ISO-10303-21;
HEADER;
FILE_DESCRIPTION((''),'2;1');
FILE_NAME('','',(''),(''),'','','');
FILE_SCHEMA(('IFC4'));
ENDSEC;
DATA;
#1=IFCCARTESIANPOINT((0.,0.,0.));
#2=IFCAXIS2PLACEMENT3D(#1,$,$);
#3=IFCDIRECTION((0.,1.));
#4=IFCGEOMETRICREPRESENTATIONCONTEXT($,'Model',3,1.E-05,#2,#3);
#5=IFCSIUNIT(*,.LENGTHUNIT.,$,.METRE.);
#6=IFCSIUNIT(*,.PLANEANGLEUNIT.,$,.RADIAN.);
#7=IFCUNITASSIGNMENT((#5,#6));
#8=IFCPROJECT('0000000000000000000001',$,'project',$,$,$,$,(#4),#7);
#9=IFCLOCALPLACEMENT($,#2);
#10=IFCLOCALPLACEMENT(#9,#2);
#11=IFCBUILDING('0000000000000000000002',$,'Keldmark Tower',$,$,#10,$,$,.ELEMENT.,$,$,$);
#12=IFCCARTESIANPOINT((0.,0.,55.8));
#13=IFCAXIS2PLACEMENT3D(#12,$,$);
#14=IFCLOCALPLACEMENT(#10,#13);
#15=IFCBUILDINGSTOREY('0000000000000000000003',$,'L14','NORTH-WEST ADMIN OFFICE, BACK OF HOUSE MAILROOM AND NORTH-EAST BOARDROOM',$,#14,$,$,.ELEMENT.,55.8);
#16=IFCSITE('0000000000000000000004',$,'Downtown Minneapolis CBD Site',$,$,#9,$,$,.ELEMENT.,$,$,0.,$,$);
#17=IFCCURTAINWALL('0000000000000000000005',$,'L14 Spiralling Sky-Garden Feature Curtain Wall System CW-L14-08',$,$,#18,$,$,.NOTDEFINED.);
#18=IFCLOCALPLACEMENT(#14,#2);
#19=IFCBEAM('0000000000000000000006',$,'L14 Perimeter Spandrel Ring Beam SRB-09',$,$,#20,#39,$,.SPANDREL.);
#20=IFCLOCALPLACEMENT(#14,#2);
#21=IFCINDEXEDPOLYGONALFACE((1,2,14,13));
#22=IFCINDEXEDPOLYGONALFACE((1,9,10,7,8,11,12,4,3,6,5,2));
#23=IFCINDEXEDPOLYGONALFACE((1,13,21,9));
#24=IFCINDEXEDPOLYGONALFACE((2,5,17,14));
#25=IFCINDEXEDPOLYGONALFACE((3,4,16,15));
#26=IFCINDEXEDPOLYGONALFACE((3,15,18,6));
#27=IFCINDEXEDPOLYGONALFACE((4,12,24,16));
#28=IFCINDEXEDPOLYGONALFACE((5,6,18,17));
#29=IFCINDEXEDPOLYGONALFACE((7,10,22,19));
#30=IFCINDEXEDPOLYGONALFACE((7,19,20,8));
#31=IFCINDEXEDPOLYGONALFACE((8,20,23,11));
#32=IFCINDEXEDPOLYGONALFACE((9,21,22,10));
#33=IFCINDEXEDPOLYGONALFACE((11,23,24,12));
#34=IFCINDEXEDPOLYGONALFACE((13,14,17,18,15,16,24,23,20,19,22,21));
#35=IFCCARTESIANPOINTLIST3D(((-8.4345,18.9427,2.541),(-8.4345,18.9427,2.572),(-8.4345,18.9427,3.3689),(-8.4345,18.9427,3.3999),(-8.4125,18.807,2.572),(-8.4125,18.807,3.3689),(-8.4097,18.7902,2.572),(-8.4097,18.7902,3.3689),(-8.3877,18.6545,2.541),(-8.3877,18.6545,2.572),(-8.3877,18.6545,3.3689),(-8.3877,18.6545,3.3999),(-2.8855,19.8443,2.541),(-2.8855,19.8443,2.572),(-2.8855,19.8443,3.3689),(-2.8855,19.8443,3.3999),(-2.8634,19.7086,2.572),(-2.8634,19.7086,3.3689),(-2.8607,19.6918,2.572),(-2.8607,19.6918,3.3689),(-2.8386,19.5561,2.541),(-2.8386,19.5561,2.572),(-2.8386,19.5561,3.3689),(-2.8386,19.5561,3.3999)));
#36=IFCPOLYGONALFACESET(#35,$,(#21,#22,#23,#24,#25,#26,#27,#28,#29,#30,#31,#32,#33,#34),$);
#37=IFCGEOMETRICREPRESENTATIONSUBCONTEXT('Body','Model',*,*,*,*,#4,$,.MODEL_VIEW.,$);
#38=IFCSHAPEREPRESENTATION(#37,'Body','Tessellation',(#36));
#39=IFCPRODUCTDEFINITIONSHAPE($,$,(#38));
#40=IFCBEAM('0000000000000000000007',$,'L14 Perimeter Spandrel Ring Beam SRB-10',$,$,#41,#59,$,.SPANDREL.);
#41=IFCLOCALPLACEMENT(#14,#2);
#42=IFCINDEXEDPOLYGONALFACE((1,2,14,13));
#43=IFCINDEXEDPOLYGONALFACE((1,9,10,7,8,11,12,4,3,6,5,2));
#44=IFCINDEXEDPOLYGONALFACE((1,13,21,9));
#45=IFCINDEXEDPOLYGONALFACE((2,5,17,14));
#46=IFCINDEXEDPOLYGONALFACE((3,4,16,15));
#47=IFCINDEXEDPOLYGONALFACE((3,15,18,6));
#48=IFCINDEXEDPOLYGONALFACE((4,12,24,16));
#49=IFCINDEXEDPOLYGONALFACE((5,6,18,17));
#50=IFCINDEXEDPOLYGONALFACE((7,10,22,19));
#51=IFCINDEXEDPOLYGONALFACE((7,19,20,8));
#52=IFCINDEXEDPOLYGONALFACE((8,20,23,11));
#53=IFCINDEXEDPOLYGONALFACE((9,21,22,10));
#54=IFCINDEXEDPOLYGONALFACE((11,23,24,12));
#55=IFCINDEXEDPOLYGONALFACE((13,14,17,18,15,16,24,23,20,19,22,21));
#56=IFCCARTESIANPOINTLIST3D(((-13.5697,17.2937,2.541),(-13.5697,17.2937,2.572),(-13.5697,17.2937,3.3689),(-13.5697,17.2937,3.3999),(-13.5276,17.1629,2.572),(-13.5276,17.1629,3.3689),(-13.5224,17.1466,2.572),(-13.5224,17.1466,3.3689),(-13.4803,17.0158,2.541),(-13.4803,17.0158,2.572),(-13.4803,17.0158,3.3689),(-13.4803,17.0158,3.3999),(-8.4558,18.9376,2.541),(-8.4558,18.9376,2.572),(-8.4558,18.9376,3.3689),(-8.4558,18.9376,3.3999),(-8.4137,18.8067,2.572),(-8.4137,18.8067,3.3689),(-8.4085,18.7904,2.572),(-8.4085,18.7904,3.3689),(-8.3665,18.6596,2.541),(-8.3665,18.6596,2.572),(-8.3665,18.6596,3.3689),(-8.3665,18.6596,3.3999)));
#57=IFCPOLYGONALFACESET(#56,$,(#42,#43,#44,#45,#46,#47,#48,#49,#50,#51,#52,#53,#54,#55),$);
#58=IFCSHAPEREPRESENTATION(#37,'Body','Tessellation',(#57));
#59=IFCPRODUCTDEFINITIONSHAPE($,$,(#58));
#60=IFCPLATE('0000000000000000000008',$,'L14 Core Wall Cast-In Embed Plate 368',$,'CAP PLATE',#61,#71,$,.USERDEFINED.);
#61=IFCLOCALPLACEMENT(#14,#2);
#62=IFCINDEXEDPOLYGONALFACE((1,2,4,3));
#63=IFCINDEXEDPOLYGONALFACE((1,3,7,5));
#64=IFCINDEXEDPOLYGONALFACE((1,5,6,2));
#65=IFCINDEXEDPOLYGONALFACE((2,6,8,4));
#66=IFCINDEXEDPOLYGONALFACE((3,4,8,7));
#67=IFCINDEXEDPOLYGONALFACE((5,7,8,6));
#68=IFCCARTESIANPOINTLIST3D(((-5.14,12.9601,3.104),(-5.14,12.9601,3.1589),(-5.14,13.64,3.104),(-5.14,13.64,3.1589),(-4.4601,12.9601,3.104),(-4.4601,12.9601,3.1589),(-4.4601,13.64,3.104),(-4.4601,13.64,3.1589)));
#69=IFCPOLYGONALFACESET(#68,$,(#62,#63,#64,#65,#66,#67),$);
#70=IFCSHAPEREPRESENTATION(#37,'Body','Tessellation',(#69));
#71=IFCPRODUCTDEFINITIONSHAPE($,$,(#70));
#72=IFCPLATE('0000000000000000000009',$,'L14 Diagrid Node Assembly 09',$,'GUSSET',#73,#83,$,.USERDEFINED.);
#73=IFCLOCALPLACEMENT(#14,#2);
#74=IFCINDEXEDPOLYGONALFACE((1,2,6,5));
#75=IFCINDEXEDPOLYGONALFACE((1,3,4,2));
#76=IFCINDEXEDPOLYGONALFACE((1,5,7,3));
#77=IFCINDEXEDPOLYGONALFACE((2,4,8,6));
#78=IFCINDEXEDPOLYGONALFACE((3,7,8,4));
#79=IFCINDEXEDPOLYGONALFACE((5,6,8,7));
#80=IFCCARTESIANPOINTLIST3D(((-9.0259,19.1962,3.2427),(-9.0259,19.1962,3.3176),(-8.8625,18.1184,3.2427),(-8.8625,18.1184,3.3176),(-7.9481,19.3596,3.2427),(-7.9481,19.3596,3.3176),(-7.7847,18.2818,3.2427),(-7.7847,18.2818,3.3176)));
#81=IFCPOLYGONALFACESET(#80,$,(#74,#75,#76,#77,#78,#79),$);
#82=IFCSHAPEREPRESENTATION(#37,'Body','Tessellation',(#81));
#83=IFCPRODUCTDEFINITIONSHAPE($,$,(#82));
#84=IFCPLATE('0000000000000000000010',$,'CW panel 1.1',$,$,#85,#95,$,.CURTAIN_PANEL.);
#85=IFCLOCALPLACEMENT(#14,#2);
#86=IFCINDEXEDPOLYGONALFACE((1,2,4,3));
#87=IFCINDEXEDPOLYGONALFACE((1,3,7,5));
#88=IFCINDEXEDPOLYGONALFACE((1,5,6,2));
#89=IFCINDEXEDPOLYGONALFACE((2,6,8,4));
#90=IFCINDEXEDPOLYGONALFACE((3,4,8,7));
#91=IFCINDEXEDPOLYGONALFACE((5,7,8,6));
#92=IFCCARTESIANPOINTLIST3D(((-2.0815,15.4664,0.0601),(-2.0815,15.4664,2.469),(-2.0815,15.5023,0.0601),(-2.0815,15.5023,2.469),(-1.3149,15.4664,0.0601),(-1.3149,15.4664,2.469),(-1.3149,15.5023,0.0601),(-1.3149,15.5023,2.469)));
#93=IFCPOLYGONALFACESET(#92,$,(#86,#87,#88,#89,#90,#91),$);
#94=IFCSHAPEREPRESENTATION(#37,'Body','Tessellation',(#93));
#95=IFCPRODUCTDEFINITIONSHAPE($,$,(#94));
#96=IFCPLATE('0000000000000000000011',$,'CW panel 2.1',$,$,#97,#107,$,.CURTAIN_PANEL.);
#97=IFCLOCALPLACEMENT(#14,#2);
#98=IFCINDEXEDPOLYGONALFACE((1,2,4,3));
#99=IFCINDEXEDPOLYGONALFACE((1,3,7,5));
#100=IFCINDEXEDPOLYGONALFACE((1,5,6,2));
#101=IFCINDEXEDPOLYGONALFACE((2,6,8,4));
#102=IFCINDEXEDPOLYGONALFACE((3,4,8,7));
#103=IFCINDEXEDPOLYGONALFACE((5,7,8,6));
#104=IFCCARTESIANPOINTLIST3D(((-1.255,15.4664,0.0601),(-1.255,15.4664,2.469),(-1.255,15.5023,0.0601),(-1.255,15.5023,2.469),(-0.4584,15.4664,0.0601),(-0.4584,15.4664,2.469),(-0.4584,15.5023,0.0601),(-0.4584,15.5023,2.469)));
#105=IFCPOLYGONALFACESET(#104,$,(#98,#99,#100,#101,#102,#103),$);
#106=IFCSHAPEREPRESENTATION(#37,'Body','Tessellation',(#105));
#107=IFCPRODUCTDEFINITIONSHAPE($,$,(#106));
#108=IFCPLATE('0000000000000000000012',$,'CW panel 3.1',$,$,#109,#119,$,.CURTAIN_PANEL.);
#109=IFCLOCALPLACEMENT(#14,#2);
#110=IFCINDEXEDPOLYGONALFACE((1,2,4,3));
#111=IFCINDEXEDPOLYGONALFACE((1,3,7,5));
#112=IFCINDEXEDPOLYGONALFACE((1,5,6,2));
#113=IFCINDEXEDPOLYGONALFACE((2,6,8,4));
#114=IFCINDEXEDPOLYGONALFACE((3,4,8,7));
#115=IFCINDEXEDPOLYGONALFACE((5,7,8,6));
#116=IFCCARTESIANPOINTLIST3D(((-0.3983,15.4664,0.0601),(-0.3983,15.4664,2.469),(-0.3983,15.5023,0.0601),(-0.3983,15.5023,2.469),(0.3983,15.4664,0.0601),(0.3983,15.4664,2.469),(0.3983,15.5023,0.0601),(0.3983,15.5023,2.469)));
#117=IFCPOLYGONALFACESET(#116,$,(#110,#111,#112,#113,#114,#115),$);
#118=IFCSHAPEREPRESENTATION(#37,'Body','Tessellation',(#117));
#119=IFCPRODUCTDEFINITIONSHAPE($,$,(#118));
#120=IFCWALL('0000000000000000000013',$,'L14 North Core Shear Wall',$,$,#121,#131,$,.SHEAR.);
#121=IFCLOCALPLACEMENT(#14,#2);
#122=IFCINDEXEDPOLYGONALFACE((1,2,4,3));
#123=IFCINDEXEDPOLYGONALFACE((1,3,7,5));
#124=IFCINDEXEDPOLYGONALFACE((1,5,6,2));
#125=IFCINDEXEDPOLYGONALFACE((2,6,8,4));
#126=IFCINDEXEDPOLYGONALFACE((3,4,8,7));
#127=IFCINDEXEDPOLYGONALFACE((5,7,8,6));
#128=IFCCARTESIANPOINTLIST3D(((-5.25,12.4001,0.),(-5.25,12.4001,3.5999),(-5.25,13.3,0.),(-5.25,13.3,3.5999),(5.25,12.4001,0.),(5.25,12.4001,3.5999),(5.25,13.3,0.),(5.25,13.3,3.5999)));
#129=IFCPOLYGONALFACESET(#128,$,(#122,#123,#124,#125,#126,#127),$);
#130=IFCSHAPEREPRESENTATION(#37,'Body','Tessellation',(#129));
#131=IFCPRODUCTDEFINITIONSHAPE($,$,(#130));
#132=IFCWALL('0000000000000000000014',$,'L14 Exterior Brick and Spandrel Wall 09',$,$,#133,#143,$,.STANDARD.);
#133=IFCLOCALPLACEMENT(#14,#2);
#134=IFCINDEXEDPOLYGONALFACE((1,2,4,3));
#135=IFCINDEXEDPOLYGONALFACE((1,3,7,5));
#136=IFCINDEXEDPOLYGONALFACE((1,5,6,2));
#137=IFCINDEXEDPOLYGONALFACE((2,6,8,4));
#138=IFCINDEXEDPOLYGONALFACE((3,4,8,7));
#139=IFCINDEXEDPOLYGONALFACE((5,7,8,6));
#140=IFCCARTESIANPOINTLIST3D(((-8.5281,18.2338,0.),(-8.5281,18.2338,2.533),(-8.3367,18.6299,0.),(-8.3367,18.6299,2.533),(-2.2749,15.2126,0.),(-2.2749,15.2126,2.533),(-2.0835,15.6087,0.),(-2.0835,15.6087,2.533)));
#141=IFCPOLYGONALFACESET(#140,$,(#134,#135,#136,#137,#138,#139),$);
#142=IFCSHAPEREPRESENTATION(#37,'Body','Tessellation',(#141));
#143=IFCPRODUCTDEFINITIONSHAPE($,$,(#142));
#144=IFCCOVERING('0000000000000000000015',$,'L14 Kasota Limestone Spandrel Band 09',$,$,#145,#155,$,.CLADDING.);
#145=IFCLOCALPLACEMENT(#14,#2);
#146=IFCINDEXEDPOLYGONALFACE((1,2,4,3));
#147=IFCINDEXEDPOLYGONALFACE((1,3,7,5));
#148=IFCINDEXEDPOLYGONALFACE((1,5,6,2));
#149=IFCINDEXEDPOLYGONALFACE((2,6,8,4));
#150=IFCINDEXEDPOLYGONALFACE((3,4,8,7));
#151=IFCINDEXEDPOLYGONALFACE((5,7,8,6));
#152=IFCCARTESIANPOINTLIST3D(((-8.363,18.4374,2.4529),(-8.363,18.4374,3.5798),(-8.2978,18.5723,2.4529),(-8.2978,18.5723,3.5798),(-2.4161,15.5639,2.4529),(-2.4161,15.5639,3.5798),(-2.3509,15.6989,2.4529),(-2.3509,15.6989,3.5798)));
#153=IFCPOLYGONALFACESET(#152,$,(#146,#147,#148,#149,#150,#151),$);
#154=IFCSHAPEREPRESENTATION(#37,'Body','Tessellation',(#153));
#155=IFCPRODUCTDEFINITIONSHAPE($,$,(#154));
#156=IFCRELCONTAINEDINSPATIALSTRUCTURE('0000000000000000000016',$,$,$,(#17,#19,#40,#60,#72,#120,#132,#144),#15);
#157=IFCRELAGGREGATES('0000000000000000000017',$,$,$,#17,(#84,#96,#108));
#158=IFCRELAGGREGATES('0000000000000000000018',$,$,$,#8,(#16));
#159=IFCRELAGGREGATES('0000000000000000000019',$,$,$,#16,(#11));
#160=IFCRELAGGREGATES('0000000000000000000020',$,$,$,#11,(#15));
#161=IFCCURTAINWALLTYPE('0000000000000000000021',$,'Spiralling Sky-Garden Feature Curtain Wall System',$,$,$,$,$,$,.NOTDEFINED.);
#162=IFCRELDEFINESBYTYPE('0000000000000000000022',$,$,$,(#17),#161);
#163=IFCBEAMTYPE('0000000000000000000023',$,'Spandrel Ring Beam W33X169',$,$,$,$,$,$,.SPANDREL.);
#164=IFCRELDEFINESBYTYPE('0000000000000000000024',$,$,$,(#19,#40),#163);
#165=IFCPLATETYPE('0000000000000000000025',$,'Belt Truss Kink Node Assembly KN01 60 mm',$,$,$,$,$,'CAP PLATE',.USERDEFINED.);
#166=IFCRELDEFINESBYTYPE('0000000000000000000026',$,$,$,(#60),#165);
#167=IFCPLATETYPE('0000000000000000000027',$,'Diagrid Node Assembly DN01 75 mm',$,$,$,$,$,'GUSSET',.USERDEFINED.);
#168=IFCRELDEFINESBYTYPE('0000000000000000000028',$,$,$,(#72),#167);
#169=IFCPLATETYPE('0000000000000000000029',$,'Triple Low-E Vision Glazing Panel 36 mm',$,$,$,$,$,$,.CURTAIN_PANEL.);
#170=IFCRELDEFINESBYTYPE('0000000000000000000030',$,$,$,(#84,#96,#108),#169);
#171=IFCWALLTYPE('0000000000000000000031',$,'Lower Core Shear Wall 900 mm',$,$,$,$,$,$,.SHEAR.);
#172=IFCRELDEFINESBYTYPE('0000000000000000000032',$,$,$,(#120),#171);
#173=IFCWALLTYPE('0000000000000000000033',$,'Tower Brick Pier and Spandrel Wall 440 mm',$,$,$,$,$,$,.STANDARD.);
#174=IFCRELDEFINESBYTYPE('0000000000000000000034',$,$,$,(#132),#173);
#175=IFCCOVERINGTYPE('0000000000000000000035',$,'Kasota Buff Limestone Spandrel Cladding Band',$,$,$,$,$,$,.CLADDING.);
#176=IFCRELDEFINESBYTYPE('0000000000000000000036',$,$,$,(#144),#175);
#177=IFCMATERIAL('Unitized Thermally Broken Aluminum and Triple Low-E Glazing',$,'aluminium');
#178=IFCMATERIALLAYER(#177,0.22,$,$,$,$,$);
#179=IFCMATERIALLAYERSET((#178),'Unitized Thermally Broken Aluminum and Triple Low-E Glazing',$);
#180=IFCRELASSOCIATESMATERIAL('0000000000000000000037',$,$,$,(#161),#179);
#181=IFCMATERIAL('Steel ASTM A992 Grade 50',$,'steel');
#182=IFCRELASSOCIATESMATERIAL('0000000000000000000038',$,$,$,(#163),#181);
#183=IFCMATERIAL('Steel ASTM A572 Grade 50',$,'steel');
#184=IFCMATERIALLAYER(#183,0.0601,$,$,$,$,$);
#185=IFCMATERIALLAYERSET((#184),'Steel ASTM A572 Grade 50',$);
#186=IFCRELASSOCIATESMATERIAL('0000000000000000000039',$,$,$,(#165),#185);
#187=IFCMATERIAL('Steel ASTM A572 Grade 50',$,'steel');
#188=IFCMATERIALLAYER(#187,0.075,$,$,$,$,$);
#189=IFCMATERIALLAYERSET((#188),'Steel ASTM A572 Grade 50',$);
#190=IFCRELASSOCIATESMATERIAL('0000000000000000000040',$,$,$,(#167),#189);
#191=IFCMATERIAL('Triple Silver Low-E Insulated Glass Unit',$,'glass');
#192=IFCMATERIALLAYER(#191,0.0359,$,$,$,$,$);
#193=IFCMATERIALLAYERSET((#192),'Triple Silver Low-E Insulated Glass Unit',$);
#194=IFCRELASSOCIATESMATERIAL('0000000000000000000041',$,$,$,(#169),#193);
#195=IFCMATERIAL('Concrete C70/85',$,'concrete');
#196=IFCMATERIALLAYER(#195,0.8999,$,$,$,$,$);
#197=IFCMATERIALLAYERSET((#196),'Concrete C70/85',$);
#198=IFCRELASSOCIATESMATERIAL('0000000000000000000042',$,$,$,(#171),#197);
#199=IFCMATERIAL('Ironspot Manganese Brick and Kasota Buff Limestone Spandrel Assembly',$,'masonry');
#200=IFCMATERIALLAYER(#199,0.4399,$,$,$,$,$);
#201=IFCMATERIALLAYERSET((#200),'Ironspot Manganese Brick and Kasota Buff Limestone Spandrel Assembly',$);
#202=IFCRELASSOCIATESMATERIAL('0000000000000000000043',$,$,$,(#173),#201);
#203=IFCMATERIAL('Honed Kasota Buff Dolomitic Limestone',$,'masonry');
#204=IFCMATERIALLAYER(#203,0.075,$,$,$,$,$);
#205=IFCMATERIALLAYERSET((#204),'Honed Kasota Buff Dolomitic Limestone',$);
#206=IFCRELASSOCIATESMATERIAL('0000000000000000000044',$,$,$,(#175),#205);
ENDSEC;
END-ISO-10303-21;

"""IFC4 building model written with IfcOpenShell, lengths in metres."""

from ifc_helpers import new_model, si_unit, direction, frame, frame_2d, origin, origin_2d, place, context, subcontext, project, spatial, rectangle, i_section, extrude, material, layer, layer_set, material_profile, profile_set, type_object, element, aggregate, save


model = new_model("IFC4")

# Units and contexts
model_context = context("Model", 3, precision=1e-05, world=origin(), true_north=direction((0.0, 1.0)))
body_context = subcontext(model_context, "Body", "Model", "MODEL_VIEW")
ifc_project = project(units=[si_unit("LENGTHUNIT", "METRE"), si_unit("PLANEANGLEUNIT", "RADIAN")], contexts=[model_context])

# Site, building, storey
site_placement = place(None, origin())
site = spatial("IfcSite", under=ifc_project, at=site_placement, Name="Downtown Minneapolis CBD Site", CompositionType="ELEMENT", RefElevation=0.0)
building_placement = place(site_placement, origin())
building = spatial("IfcBuilding", under=site, at=building_placement, Name="Keldmark Tower", CompositionType="ELEMENT")
storey_placement = place(building_placement, frame((0.0, 0.0, 55.8)))
storey = spatial("IfcBuildingStorey", under=building, at=storey_placement, Name="L14", Description="NORTH-WEST ADMIN OFFICE, BACK OF HOUSE MAILROOM AND NORTH-EAST BOARDROOM", CompositionType="ELEMENT", Elevation=55.8)

# Curtain wall
ifc_material_1 = material(Name="Unitized Thermally Broken Aluminum and Triple Low-E Glazing", Category="aluminium")
ifc_layer_1 = layer(ifc_material_1, 0.22)
ifc_layer_set_1 = layer_set([ifc_layer_1], Name="Unitized Thermally Broken Aluminum and Triple Low-E Glazing")
curtain_wall_type = type_object("IfcCurtainWallType", Name="Spiralling Sky-Garden Feature Curtain Wall System", PredefinedType="NOTDEFINED", material=ifc_layer_set_1)
curtain_wall_placement = place(storey_placement, origin())
curtain_wall = element("IfcCurtainWall", 1, at=curtain_wall_placement, inside=storey, type_object=curtain_wall_type, Name="L14 Spiralling Sky-Garden Feature Curtain Wall System CW-L14-08", PredefinedType="NOTDEFINED")

# Beams
ifc_material_2 = material(Name="Steel ASTM A992 Grade 50", Category="steel")
ifc_material_profile_1 = material_profile(ifc_material_2, i_section(OverallWidth=0.292, OverallDepth=0.8589, WebThickness=0.0171, FlangeThickness=0.031, at=origin_2d()), Name="W33X169")
ifc_profile_set_1 = profile_set([ifc_material_profile_1], Name="Steel ASTM A992 Grade 50")
beam_type_1 = type_object("IfcBeamType", Name="Spandrel Ring Beam W33X169", PredefinedType="SPANDREL", material=ifc_profile_set_1)
beam_1_placement = place(storey_placement, frame((-2.8621, 19.7002, 2.9705), z_axis=(-0.987056, -0.160377, 0.0), x_axis=(0.160377, -0.987056, 0.0)))
element("IfcBeam", 2, at=beam_1_placement, inside=storey, type_object=beam_type_1, Name="L14 Perimeter Spandrel Ring Beam SRB-09", PredefinedType="SPANDREL", context=body_context, shape_type="SweptSolid", body=[
    extrude(i_section(OverallWidth=0.292, OverallDepth=0.8589, WebThickness=0.0171, FlangeThickness=0.031, at=origin_2d()), origin(), (0.0, 0.0, 1.0), 5.6218),
])
beam_2_placement = place(storey_placement, frame((-8.4111, 18.7986, 2.9705), z_axis=(-0.952024, -0.306024, 0.0), x_axis=(0.306024, -0.952024, 0.0)))
element("IfcBeam", 3, at=beam_2_placement, inside=storey, type_object=beam_type_1, Name="L14 Perimeter Spandrel Ring Beam SRB-10", PredefinedType="SPANDREL", context=body_context, shape_type="SweptSolid", body=[
    extrude(i_section(OverallWidth=0.292, OverallDepth=0.8589, WebThickness=0.0171, FlangeThickness=0.031, at=origin_2d()), origin(), (0.0, 0.0, 1.0), 5.3716),
])

# Plates
ifc_material_3 = material(Name="Steel ASTM A572 Grade 50", Category="steel")
ifc_layer_2 = layer(ifc_material_3, 0.0601)
ifc_layer_set_2 = layer_set([ifc_layer_2], Name="Steel ASTM A572 Grade 50")
plate_type_1 = type_object("IfcPlateType", Name="Belt Truss Kink Node Assembly KN01 60 mm", ElementType="CAP PLATE", PredefinedType="USERDEFINED", material=ifc_layer_set_2)
plate_1_placement = place(storey_placement, frame((-4.8, 13.3, 3.104), z_axis=(0.0, 0.0, 1.0), x_axis=(1.0, 0.0, 0.0)))
element("IfcPlate", 4, at=plate_1_placement, inside=storey, type_object=plate_type_1, Name="L14 Core Wall Cast-In Embed Plate 368", ObjectType="CAP PLATE", PredefinedType="USERDEFINED", context=body_context, shape_type="SweptSolid", body=[
    extrude(rectangle(XDim=0.6799, YDim=0.6799, at=origin_2d()), origin(), (0.0, 0.0, 1.0), 0.0549),
])
ifc_material_4 = material(Name="Steel ASTM A572 Grade 50", Category="steel")
ifc_layer_3 = layer(ifc_material_4, 0.075)
ifc_layer_set_3 = layer_set([ifc_layer_3], Name="Steel ASTM A572 Grade 50")
plate_type_2 = type_object("IfcPlateType", Name="Diagrid Node Assembly DN01 75 mm", ElementType="GUSSET", PredefinedType="USERDEFINED", material=ifc_layer_set_3)
plate_2_placement = place(storey_placement, frame((-8.4053, 18.739, 3.2427), z_axis=(0.0, 0.0, 1.0), x_axis=(-0.988704, -0.14988, 0.0)))
element("IfcPlate", 5, at=plate_2_placement, inside=storey, type_object=plate_type_2, Name="L14 Diagrid Node Assembly 09", ObjectType="GUSSET", PredefinedType="USERDEFINED", context=body_context, shape_type="SweptSolid", body=[
    extrude(rectangle(XDim=1.0901, YDim=1.0901, at=origin_2d()), origin(), (0.0, 0.0, 1.0), 0.075),
])

# Plates
ifc_material_5 = material(Name="Triple Silver Low-E Insulated Glass Unit", Category="glass")
ifc_layer_4 = layer(ifc_material_5, 0.0359)
ifc_layer_set_4 = layer_set([ifc_layer_4], Name="Triple Silver Low-E Insulated Glass Unit")
plate_type_3 = type_object("IfcPlateType", Name="Triple Low-E Vision Glazing Panel 36 mm", PredefinedType="CURTAIN_PANEL", material=ifc_layer_set_4)
plate_3_placement = place(storey_placement, frame((-1.6982, 15.4844, 0.0601), z_axis=(0.0, 0.0, 1.0), x_axis=(1.0, 0.0, 0.0)))
plate_3 = element("IfcPlate", 6, at=plate_3_placement, type_object=plate_type_3, Name="CW panel 1.1", PredefinedType="CURTAIN_PANEL", context=body_context, shape_type="SweptSolid", body=[
    extrude(rectangle(XDim=0.7666, YDim=0.0359, at=origin_2d()), origin(), (0.0, 0.0, 1.0), 2.4089),
])
plate_4_placement = place(storey_placement, frame((-0.8567, 15.4844, 0.0601), z_axis=(0.0, 0.0, 1.0), x_axis=(1.0, 0.0, 0.0)))
plate_4 = element("IfcPlate", 7, at=plate_4_placement, type_object=plate_type_3, Name="CW panel 2.1", PredefinedType="CURTAIN_PANEL", context=body_context, shape_type="SweptSolid", body=[
    extrude(rectangle(XDim=0.7966, YDim=0.0359, at=origin_2d()), origin(), (0.0, 0.0, 1.0), 2.4089),
])
plate_5_placement = place(storey_placement, frame((0.0, 15.4844, 0.0601), z_axis=(0.0, 0.0, 1.0), x_axis=(1.0, 0.0, 0.0)))
plate_5 = element("IfcPlate", 8, at=plate_5_placement, type_object=plate_type_3, Name="CW panel 3.1", PredefinedType="CURTAIN_PANEL", context=body_context, shape_type="SweptSolid", body=[
    extrude(rectangle(XDim=0.7966, YDim=0.0359, at=origin_2d()), origin(), (0.0, 0.0, 1.0), 2.4089),
])
aggregate(curtain_wall, [plate_3, plate_4, plate_5])

# Walls
ifc_material_6 = material(Name="Concrete C70/85", Category="concrete")
ifc_layer_5 = layer(ifc_material_6, 0.8999)
ifc_layer_set_5 = layer_set([ifc_layer_5], Name="Concrete C70/85")
wall_type_1 = type_object("IfcWallType", Name="Lower Core Shear Wall 900 mm", PredefinedType="SHEAR", material=ifc_layer_set_5)
wall_1_placement = place(storey_placement, frame((-5.25, 12.8501, 0.0), z_axis=(0.0, 0.0, 1.0), x_axis=(1.0, 0.0, 0.0)))
element("IfcWall", 9, at=wall_1_placement, inside=storey, type_object=wall_type_1, Name="L14 North Core Shear Wall", PredefinedType="SHEAR", context=body_context, shape_type="SweptSolid", body=[
    extrude(rectangle(XDim=10.5, YDim=0.8999, at=frame_2d((5.25, 0.0))), origin(), (0.0, 0.0, 1.0), 3.5999),
])
ifc_material_7 = material(Name="Ironspot Manganese Brick and Kasota Buff Limestone Spandrel Assembly", Category="masonry")
ifc_layer_6 = layer(ifc_material_7, 0.4399)
ifc_layer_set_6 = layer_set([ifc_layer_6], Name="Ironspot Manganese Brick and Kasota Buff Limestone Spandrel Assembly")
wall_type_2 = type_object("IfcWallType", Name="Tower Brick Pier and Spandrel Wall 440 mm", PredefinedType="STANDARD", material=ifc_layer_set_6)
wall_2_placement = place(storey_placement, frame((-8.4324, 18.4319, 0.0), z_axis=(0.0, 0.0, 1.0), x_axis=(0.900413, -0.435037, 0.0)))
element("IfcWall", 10, at=wall_2_placement, inside=storey, type_object=wall_type_2, Name="L14 Exterior Brick and Spandrel Wall 09", PredefinedType="STANDARD", context=body_context, shape_type="SweptSolid", body=[
    extrude(rectangle(XDim=6.9448, YDim=0.4399, at=frame_2d((3.4724, 0.0))), origin(), (0.0, 0.0, 1.0), 2.533),
])

# Covering
ifc_material_8 = material(Name="Honed Kasota Buff Dolomitic Limestone", Category="masonry")
ifc_layer_7 = layer(ifc_material_8, 0.075)
ifc_layer_set_7 = layer_set([ifc_layer_7], Name="Honed Kasota Buff Dolomitic Limestone")
covering_type = type_object("IfcCoveringType", Name="Kasota Buff Limestone Spandrel Cladding Band", PredefinedType="CLADDING", material=ifc_layer_set_7)
covering_placement = place(storey_placement, frame((-5.3569, 17.0681, 2.4529), z_axis=(0.0, 0.0, 1.0), x_axis=(-0.900402, 0.435058, 0.0)))
element("IfcCovering", 11, at=covering_placement, inside=storey, type_object=covering_type, Name="L14 Kasota Limestone Spandrel Band 09", PredefinedType="CLADDING", context=body_context, shape_type="SweptSolid", body=[
    extrude(rectangle(XDim=6.6047, YDim=0.1499, at=origin_2d()), origin(), (0.0, 0.0, 1.0), 1.127),
])

save(model, "model.ifc")
